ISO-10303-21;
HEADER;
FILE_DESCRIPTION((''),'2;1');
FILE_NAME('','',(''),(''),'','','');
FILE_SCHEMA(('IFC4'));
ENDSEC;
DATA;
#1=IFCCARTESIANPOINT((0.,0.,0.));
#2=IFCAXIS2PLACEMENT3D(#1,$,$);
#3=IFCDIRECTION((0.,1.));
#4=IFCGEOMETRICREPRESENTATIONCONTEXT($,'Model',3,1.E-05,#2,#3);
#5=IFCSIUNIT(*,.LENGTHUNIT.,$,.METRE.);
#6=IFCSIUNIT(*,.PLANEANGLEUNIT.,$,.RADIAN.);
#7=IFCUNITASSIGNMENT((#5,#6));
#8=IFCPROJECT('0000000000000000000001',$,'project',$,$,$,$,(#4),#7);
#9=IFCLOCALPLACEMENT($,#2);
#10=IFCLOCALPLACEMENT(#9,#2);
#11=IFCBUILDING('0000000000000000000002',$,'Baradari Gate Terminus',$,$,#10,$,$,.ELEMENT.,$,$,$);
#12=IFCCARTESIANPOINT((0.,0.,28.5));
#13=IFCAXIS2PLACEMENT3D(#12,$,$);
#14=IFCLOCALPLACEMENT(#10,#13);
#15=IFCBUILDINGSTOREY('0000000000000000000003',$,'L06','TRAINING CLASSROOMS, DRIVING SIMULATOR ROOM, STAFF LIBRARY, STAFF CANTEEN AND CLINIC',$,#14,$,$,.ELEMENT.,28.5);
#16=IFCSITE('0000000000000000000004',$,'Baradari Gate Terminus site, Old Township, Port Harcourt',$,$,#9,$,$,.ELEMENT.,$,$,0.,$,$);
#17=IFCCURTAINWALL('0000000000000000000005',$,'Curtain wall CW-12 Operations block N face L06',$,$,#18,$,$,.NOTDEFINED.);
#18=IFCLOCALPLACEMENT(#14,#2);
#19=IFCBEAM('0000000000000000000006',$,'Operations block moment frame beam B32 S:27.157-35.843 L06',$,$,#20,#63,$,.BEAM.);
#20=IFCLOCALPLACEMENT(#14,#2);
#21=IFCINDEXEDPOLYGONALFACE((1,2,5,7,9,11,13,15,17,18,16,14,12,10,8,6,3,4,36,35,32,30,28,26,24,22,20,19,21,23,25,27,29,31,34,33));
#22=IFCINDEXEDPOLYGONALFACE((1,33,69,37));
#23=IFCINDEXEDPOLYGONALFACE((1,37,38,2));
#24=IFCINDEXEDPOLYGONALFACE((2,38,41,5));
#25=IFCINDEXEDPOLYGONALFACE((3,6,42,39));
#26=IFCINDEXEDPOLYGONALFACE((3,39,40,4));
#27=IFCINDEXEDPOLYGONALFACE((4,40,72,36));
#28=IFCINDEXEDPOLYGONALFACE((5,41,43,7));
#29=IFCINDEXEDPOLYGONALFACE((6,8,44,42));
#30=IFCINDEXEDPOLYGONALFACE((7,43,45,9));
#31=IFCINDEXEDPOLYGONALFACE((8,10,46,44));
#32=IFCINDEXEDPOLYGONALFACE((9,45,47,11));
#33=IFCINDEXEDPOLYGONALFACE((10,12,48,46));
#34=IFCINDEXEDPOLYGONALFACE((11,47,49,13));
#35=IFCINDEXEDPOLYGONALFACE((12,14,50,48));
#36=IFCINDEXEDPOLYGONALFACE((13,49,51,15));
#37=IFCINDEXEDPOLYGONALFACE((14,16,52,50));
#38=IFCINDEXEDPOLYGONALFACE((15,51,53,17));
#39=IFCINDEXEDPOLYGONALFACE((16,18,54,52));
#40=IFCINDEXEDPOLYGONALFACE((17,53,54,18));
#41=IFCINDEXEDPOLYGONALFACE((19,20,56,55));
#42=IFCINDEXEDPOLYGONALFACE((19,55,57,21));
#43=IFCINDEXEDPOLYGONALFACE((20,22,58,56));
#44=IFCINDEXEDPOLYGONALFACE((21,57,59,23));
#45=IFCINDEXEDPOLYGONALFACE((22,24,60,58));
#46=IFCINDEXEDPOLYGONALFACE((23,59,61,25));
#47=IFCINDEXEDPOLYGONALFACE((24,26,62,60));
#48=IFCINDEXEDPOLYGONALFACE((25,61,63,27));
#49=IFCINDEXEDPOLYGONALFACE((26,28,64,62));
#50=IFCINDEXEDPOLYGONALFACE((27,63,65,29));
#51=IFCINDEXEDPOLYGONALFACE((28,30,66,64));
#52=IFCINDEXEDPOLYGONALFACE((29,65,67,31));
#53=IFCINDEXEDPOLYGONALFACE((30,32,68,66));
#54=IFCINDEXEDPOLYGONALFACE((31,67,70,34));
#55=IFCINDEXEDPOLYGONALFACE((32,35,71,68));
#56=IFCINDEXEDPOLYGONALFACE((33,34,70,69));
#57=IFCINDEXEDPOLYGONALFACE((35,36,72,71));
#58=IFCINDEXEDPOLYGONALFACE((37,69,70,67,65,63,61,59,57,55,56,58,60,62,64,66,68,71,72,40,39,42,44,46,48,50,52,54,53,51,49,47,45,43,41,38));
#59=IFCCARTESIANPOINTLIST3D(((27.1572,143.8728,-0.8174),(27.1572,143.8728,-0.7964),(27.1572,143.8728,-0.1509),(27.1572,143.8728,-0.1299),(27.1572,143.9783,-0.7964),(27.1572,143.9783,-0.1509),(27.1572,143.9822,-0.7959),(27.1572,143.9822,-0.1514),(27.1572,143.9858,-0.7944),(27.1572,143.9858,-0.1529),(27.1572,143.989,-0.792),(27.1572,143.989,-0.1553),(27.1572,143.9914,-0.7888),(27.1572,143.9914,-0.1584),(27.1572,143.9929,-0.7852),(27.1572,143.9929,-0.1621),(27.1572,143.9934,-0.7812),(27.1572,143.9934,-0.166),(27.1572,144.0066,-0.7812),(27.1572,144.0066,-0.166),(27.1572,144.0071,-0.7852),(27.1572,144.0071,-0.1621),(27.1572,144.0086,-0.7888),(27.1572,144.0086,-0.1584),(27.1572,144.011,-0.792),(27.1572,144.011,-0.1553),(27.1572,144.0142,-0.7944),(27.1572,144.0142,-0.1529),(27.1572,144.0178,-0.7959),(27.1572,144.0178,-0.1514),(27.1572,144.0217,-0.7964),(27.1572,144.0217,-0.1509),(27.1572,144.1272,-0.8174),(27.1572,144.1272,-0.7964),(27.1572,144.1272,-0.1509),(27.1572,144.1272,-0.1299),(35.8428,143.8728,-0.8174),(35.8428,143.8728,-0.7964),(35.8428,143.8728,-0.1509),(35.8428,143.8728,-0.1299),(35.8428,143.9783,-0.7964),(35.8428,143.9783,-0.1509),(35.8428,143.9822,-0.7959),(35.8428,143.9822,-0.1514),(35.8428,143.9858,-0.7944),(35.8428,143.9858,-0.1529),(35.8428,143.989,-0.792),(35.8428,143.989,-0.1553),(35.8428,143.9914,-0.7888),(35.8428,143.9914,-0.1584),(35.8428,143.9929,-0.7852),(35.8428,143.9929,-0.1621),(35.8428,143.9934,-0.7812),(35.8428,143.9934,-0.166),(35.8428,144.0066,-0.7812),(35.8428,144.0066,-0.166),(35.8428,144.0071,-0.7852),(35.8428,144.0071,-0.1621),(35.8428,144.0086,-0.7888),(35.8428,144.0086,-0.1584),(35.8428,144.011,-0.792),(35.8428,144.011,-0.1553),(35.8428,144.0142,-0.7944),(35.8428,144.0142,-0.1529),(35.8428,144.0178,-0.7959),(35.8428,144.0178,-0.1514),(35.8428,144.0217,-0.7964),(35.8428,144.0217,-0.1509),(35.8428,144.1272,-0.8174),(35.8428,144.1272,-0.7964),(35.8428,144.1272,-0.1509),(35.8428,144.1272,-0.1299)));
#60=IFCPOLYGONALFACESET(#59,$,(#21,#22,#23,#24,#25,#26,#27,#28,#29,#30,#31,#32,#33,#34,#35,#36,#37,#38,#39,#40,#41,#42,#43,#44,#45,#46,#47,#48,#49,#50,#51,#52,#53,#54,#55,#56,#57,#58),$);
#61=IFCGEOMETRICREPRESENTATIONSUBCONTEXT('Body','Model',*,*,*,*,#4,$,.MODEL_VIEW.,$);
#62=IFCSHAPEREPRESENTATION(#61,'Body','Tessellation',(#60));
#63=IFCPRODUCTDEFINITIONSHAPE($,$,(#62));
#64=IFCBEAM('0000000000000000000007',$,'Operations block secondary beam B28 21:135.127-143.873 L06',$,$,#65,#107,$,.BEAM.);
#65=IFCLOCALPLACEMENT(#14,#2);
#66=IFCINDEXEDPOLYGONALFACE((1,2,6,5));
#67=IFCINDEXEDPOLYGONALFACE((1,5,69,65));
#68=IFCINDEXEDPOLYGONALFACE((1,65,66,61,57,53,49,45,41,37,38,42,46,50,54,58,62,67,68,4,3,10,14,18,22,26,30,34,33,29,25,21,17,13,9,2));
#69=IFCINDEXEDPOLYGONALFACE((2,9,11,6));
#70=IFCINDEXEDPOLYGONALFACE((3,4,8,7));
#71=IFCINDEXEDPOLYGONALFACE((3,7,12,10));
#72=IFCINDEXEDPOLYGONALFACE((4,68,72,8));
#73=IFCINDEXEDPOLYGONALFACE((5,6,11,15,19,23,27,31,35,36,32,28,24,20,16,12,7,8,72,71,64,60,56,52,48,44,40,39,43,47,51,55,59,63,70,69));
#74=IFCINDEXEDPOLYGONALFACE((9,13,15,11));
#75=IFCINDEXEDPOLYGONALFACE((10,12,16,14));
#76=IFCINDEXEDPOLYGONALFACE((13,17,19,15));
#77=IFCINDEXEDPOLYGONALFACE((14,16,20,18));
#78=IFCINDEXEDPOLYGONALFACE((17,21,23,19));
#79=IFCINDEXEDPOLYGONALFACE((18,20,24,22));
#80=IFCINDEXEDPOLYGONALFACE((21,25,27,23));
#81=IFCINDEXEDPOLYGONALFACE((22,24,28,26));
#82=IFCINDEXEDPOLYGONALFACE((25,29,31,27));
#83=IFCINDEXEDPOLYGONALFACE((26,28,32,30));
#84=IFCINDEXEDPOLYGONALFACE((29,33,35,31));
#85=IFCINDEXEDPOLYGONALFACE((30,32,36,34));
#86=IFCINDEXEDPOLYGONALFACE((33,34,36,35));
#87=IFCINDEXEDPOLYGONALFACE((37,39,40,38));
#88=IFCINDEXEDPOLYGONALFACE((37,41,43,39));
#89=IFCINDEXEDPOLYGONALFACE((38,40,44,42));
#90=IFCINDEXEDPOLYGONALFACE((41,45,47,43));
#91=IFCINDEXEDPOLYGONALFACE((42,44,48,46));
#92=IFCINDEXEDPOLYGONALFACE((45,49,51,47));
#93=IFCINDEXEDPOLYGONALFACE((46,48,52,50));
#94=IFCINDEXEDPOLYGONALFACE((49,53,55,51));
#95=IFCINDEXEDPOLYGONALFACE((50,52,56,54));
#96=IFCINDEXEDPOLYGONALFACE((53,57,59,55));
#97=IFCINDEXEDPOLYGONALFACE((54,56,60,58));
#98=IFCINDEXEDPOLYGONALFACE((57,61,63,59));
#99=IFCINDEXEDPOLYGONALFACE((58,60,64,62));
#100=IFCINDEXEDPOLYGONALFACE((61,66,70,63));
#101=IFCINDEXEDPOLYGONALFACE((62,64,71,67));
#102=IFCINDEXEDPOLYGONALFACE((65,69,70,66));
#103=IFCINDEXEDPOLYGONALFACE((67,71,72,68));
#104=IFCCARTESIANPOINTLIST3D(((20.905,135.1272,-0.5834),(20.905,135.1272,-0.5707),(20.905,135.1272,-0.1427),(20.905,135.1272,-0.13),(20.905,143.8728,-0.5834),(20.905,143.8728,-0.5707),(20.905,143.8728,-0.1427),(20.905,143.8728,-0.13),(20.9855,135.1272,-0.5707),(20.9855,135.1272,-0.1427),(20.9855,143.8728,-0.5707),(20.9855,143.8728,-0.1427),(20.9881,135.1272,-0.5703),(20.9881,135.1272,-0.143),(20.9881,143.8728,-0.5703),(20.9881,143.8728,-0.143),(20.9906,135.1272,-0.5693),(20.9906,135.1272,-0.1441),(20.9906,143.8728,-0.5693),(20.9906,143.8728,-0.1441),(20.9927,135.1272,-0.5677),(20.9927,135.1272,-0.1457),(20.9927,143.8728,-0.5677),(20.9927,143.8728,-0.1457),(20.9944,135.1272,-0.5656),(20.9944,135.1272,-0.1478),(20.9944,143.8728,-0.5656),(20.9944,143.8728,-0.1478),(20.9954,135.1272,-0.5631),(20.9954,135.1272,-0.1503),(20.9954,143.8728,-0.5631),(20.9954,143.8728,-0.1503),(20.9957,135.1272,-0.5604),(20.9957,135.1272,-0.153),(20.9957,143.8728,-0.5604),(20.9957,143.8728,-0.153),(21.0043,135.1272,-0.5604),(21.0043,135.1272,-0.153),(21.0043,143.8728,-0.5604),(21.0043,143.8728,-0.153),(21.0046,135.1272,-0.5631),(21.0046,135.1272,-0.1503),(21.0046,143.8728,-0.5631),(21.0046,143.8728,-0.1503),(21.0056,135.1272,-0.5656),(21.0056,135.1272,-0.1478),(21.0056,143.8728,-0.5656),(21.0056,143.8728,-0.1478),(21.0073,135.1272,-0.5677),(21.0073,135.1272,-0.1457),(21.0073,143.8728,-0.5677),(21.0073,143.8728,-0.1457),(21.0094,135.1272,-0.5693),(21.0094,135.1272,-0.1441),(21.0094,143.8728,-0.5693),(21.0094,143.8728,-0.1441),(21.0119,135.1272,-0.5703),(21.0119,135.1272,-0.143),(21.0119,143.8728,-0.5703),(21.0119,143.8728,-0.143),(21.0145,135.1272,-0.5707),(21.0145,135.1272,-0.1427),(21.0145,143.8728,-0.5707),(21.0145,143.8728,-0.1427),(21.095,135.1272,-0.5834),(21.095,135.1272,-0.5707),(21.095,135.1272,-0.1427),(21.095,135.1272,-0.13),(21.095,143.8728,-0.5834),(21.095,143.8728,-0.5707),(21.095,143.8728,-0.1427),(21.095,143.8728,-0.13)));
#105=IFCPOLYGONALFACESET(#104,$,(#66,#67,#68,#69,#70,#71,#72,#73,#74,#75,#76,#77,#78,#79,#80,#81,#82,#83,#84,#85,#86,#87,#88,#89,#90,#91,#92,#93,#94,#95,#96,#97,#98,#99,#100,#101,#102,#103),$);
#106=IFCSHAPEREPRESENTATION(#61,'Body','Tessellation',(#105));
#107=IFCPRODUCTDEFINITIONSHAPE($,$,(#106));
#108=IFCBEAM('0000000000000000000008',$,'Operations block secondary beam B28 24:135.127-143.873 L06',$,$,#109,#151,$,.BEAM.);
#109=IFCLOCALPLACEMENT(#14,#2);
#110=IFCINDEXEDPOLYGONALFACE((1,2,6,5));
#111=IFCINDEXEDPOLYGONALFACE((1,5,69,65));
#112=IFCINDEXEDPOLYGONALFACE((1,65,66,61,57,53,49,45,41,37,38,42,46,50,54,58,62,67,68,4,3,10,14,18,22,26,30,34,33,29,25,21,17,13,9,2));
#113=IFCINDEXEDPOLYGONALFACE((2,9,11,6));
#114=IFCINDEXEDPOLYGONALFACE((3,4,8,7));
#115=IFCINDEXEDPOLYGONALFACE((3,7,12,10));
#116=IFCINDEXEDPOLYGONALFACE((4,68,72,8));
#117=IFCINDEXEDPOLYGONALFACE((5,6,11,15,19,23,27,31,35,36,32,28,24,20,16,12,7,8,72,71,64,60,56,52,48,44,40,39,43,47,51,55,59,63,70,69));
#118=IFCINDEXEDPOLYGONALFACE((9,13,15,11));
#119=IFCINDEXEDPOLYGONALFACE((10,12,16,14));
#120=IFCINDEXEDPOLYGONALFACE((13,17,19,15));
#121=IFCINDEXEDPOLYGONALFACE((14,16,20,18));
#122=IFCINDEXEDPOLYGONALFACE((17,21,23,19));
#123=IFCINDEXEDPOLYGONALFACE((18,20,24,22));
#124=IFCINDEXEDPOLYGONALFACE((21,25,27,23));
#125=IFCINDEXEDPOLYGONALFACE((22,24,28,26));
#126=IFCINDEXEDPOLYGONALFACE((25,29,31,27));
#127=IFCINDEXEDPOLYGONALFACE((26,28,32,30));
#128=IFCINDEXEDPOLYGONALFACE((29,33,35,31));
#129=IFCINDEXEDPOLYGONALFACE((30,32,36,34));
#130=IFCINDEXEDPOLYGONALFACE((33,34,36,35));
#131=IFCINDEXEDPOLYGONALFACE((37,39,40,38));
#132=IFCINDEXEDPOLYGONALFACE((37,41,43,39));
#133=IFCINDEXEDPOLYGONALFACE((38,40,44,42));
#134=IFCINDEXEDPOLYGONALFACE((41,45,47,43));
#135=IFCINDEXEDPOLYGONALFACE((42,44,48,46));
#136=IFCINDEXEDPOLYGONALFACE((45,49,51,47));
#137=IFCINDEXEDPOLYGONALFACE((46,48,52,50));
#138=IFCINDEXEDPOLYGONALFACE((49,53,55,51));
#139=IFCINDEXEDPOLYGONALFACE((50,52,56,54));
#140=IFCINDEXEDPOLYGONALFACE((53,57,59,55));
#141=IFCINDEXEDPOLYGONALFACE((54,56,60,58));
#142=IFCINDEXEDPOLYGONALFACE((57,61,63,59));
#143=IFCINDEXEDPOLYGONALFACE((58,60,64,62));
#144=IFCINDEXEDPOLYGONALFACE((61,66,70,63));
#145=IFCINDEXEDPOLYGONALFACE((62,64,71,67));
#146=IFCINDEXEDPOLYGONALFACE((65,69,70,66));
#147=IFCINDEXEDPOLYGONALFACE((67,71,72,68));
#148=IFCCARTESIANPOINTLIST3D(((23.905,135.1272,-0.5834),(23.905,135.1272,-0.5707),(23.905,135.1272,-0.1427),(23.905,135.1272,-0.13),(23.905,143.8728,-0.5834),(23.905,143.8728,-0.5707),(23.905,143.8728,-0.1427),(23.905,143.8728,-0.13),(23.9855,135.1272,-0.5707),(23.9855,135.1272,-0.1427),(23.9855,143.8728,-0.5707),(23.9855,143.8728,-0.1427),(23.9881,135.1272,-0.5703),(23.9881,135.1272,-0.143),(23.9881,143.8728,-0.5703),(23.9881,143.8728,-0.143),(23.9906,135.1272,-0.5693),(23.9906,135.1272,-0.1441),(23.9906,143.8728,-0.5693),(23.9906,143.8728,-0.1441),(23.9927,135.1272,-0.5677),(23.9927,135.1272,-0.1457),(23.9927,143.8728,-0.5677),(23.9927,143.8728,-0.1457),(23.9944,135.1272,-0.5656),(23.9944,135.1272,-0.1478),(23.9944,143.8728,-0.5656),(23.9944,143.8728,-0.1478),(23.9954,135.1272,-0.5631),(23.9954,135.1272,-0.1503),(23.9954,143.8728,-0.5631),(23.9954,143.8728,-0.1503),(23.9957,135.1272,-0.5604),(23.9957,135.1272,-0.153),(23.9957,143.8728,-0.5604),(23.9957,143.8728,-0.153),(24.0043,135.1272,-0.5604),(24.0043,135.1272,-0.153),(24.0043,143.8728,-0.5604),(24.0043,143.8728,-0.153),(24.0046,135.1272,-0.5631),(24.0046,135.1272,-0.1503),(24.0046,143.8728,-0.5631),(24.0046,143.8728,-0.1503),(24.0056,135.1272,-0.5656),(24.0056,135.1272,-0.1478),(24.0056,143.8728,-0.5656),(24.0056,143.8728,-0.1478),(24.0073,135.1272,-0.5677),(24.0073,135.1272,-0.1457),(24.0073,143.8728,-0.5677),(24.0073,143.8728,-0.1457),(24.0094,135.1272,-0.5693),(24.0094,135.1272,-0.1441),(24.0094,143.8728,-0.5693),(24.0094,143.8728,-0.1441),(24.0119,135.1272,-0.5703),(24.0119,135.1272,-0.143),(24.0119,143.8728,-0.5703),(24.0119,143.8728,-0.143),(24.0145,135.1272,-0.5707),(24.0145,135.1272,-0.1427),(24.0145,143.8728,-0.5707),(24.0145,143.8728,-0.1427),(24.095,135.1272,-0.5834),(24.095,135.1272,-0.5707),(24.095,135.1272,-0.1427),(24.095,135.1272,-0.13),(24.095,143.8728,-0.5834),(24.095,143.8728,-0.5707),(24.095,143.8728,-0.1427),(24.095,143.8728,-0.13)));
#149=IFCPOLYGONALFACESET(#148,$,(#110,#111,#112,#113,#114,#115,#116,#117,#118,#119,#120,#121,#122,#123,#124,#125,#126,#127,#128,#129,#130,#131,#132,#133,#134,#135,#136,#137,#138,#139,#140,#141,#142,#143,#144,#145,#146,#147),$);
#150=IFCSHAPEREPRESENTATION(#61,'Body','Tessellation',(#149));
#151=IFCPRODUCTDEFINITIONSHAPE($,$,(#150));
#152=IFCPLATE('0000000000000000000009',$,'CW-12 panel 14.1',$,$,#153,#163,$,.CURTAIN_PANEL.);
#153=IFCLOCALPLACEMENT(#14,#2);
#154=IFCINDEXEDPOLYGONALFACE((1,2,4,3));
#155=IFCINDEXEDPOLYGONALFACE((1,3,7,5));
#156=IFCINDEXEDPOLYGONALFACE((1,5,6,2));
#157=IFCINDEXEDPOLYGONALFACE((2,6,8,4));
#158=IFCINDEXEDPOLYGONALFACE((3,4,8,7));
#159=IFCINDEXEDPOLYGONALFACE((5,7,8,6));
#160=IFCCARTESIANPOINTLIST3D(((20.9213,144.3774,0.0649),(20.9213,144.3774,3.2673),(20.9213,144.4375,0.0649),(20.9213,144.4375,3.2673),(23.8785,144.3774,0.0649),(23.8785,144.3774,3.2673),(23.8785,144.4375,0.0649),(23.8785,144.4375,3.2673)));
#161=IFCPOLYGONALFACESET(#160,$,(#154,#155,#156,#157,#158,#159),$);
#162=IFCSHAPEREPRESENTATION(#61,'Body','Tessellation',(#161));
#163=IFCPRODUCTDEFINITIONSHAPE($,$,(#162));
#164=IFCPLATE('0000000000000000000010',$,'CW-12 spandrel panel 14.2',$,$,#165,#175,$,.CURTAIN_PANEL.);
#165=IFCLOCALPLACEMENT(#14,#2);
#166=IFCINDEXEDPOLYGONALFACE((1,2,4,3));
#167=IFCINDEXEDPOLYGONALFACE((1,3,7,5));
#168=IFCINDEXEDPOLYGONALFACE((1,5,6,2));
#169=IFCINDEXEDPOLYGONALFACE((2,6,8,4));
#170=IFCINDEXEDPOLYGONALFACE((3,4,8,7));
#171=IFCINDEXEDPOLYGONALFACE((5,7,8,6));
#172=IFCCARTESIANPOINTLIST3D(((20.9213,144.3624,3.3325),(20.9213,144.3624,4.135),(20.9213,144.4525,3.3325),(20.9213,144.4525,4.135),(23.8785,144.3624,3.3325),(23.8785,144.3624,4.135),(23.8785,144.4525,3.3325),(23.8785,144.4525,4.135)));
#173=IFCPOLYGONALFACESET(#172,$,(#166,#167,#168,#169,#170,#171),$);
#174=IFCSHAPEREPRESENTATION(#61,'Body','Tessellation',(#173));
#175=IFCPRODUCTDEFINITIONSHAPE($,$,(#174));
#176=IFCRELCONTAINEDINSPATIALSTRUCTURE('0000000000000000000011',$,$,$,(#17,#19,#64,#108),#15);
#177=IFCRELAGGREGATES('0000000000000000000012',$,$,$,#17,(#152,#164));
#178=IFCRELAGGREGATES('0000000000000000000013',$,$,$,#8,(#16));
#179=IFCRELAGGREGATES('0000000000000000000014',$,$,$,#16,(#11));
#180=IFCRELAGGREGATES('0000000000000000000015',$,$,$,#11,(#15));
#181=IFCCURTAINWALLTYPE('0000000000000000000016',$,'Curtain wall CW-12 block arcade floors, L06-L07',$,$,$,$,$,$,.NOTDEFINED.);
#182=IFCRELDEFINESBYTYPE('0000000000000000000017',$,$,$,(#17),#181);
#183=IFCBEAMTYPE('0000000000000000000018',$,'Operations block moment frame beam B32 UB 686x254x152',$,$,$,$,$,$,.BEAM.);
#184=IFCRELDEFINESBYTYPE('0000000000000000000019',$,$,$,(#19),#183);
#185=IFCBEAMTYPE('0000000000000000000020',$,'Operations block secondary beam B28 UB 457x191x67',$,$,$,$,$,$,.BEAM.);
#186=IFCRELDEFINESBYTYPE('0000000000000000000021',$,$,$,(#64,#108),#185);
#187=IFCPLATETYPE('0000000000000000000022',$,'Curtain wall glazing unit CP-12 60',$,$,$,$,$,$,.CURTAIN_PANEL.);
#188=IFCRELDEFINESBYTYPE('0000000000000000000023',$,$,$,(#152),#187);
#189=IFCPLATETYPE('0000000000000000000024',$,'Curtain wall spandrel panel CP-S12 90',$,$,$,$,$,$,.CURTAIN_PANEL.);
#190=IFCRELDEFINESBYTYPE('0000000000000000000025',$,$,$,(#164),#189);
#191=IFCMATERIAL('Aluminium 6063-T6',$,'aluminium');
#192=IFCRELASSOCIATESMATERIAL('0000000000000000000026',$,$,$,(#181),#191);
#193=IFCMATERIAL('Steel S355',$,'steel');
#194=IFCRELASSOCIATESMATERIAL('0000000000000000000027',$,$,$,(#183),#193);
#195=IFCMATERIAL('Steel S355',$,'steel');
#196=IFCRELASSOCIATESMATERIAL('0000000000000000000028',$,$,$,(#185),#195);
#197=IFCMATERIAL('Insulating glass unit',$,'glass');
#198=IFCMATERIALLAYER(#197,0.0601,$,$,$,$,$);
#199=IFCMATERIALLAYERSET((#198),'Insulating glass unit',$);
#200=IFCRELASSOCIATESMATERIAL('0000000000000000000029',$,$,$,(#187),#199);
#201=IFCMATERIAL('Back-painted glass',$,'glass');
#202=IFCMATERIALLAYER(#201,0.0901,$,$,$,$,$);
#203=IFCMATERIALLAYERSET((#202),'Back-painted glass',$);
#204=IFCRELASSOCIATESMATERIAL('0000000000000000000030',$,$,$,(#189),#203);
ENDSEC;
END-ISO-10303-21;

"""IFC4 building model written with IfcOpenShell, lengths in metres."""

from ifc_helpers import new_model, si_unit, direction, frame, origin, origin_2d, place, context, subcontext, project, spatial, rectangle, i_section, extrude, material, layer, layer_set, material_profile, profile_set, type_object, element, aggregate, save


model = new_model("IFC4")

# Units and contexts
model_context = context("Model", 3, precision=1e-05, world=origin(), true_north=direction((0.0, 1.0)))
body_context = subcontext(model_context, "Body", "Model", "MODEL_VIEW")
ifc_project = project(units=[si_unit("LENGTHUNIT", "METRE"), si_unit("PLANEANGLEUNIT", "RADIAN")], contexts=[model_context])

# Site, building, storey
site_placement = place(None, origin())
site = spatial("IfcSite", under=ifc_project, at=site_placement, Name="Baradari Gate Terminus site, Old Township, Port Harcourt", CompositionType="ELEMENT", RefElevation=0.0)
building_placement = place(site_placement, origin())
building = spatial("IfcBuilding", under=site, at=building_placement, Name="Baradari Gate Terminus", CompositionType="ELEMENT")
storey_placement = place(building_placement, frame((0.0, 0.0, 28.5)))
storey = spatial("IfcBuildingStorey", under=building, at=storey_placement, Name="L06", Description="TRAINING CLASSROOMS, DRIVING SIMULATOR ROOM, STAFF LIBRARY, STAFF CANTEEN AND CLINIC", CompositionType="ELEMENT", Elevation=28.5)

# Curtain wall
ifc_material_1 = material(Name="Aluminium 6063-T6", Category="aluminium")
curtain_wall_type = type_object("IfcCurtainWallType", Name="Curtain wall CW-12 block arcade floors, L06-L07", PredefinedType="NOTDEFINED", material=ifc_material_1)
curtain_wall_placement = place(storey_placement, origin())
curtain_wall = element("IfcCurtainWall", 1, at=curtain_wall_placement, inside=storey, type_object=curtain_wall_type, Name="Curtain wall CW-12 Operations block N face L06", PredefinedType="NOTDEFINED")

# Beams
ifc_material_2 = material(Name="Steel S355", Category="steel")
ifc_material_profile_1 = material_profile(ifc_material_2, i_section(OverallWidth=0.2544, OverallDepth=0.6875, WebThickness=0.0132, FlangeThickness=0.021, FilletRadius=0.0151, at=origin_2d()), Name="UB 686x254x152")
ifc_profile_set_1 = profile_set([ifc_material_profile_1], Name="Steel S355")
beam_type_1 = type_object("IfcBeamType", Name="Operations block moment frame beam B32 UB 686x254x152", PredefinedType="BEAM", material=ifc_profile_set_1)
beam_1_placement = place(storey_placement, frame((27.1572, 144.0, -0.4736), z_axis=(1.0, 0.0, 0.0), x_axis=(0.0, 1.0, 0.0)))
element("IfcBeam", 2, at=beam_1_placement, inside=storey, type_object=beam_type_1, Name="Operations block moment frame beam B32 S:27.157-35.843 L06", PredefinedType="BEAM", context=body_context, shape_type="SweptSolid", body=[
    extrude(i_section(OverallWidth=0.2544, OverallDepth=0.6875, WebThickness=0.0132, FlangeThickness=0.021, FilletRadius=0.0151, at=origin_2d()), origin(), (0.0, 0.0, 1.0), 8.6855),
])
ifc_material_3 = material(Name="Steel S355", Category="steel")
ifc_material_profile_2 = material_profile(ifc_material_3, i_section(OverallWidth=0.1899, OverallDepth=0.4534, WebThickness=0.0085, FlangeThickness=0.0127, FilletRadius=0.0103, at=origin_2d()), Name="UB 457x191x67")
ifc_profile_set_2 = profile_set([ifc_material_profile_2], Name="Steel S355")
beam_type_2 = type_object("IfcBeamType", Name="Operations block secondary beam B28 UB 457x191x67", PredefinedType="BEAM", material=ifc_profile_set_2)
for number, where, z_axis, x_axis, name in (
    (3, (21.0, 135.1272, -0.3567), (0.0, 1.0, 0.0), (-1.0, 0.0, 0.0), "Operations block secondary beam B28 21:135.127-143.873 L06"),
    (4, (24.0, 135.1272, -0.3567), (0.0, 1.0, 0.0), (-1.0, 0.0, 0.0), "Operations block secondary beam B28 24:135.127-143.873 L06"),
):
    element("IfcBeam", number, at=place(storey_placement, frame(where, z_axis=z_axis, x_axis=x_axis)), inside=storey, type_object=beam_type_2, Name=name, PredefinedType="BEAM", context=body_context, shape_type="SweptSolid", body=[
        extrude(i_section(OverallWidth=0.1899, OverallDepth=0.4534, WebThickness=0.0085, FlangeThickness=0.0127, FilletRadius=0.0103, at=origin_2d()), origin(), (0.0, 0.0, 1.0), 8.7456),
    ])

# Plates
ifc_material_4 = material(Name="Insulating glass unit", Category="glass")
ifc_layer_1 = layer(ifc_material_4, 0.0601)
ifc_layer_set_1 = layer_set([ifc_layer_1], Name="Insulating glass unit")
plate_type_1 = type_object("IfcPlateType", Name="Curtain wall glazing unit CP-12 60", PredefinedType="CURTAIN_PANEL", material=ifc_layer_set_1)
plate_1_placement = place(storey_placement, frame((22.3999, 144.4075, 0.0649), z_axis=(0.0, 0.0, 1.0), x_axis=(-1.0, 0.0, 0.0)))
plate_1 = element("IfcPlate", 5, at=plate_1_placement, type_object=plate_type_1, Name="CW-12 panel 14.1", PredefinedType="CURTAIN_PANEL", context=body_context, shape_type="SweptSolid", body=[
    extrude(rectangle(XDim=2.9573, YDim=0.0601, at=origin_2d()), origin(), (0.0, 0.0, 1.0), 3.2024),
])
ifc_material_5 = material(Name="Back-painted glass", Category="glass")
ifc_layer_2 = layer(ifc_material_5, 0.0901)
ifc_layer_set_2 = layer_set([ifc_layer_2], Name="Back-painted glass")
plate_type_2 = type_object("IfcPlateType", Name="Curtain wall spandrel panel CP-S12 90", PredefinedType="CURTAIN_PANEL", material=ifc_layer_set_2)
plate_2_placement = place(storey_placement, frame((22.3999, 144.4075, 3.3325), z_axis=(0.0, 0.0, 1.0), x_axis=(-1.0, 0.0, 0.0)))
plate_2 = element("IfcPlate", 6, at=plate_2_placement, type_object=plate_type_2, Name="CW-12 spandrel panel 14.2", PredefinedType="CURTAIN_PANEL", context=body_context, shape_type="SweptSolid", body=[
    extrude(rectangle(XDim=2.9573, YDim=0.0901, at=origin_2d()), origin(), (0.0, 0.0, 1.0), 0.8025),
])
aggregate(curtain_wall, [plate_1, plate_2])

save(model, "model.ifc")
